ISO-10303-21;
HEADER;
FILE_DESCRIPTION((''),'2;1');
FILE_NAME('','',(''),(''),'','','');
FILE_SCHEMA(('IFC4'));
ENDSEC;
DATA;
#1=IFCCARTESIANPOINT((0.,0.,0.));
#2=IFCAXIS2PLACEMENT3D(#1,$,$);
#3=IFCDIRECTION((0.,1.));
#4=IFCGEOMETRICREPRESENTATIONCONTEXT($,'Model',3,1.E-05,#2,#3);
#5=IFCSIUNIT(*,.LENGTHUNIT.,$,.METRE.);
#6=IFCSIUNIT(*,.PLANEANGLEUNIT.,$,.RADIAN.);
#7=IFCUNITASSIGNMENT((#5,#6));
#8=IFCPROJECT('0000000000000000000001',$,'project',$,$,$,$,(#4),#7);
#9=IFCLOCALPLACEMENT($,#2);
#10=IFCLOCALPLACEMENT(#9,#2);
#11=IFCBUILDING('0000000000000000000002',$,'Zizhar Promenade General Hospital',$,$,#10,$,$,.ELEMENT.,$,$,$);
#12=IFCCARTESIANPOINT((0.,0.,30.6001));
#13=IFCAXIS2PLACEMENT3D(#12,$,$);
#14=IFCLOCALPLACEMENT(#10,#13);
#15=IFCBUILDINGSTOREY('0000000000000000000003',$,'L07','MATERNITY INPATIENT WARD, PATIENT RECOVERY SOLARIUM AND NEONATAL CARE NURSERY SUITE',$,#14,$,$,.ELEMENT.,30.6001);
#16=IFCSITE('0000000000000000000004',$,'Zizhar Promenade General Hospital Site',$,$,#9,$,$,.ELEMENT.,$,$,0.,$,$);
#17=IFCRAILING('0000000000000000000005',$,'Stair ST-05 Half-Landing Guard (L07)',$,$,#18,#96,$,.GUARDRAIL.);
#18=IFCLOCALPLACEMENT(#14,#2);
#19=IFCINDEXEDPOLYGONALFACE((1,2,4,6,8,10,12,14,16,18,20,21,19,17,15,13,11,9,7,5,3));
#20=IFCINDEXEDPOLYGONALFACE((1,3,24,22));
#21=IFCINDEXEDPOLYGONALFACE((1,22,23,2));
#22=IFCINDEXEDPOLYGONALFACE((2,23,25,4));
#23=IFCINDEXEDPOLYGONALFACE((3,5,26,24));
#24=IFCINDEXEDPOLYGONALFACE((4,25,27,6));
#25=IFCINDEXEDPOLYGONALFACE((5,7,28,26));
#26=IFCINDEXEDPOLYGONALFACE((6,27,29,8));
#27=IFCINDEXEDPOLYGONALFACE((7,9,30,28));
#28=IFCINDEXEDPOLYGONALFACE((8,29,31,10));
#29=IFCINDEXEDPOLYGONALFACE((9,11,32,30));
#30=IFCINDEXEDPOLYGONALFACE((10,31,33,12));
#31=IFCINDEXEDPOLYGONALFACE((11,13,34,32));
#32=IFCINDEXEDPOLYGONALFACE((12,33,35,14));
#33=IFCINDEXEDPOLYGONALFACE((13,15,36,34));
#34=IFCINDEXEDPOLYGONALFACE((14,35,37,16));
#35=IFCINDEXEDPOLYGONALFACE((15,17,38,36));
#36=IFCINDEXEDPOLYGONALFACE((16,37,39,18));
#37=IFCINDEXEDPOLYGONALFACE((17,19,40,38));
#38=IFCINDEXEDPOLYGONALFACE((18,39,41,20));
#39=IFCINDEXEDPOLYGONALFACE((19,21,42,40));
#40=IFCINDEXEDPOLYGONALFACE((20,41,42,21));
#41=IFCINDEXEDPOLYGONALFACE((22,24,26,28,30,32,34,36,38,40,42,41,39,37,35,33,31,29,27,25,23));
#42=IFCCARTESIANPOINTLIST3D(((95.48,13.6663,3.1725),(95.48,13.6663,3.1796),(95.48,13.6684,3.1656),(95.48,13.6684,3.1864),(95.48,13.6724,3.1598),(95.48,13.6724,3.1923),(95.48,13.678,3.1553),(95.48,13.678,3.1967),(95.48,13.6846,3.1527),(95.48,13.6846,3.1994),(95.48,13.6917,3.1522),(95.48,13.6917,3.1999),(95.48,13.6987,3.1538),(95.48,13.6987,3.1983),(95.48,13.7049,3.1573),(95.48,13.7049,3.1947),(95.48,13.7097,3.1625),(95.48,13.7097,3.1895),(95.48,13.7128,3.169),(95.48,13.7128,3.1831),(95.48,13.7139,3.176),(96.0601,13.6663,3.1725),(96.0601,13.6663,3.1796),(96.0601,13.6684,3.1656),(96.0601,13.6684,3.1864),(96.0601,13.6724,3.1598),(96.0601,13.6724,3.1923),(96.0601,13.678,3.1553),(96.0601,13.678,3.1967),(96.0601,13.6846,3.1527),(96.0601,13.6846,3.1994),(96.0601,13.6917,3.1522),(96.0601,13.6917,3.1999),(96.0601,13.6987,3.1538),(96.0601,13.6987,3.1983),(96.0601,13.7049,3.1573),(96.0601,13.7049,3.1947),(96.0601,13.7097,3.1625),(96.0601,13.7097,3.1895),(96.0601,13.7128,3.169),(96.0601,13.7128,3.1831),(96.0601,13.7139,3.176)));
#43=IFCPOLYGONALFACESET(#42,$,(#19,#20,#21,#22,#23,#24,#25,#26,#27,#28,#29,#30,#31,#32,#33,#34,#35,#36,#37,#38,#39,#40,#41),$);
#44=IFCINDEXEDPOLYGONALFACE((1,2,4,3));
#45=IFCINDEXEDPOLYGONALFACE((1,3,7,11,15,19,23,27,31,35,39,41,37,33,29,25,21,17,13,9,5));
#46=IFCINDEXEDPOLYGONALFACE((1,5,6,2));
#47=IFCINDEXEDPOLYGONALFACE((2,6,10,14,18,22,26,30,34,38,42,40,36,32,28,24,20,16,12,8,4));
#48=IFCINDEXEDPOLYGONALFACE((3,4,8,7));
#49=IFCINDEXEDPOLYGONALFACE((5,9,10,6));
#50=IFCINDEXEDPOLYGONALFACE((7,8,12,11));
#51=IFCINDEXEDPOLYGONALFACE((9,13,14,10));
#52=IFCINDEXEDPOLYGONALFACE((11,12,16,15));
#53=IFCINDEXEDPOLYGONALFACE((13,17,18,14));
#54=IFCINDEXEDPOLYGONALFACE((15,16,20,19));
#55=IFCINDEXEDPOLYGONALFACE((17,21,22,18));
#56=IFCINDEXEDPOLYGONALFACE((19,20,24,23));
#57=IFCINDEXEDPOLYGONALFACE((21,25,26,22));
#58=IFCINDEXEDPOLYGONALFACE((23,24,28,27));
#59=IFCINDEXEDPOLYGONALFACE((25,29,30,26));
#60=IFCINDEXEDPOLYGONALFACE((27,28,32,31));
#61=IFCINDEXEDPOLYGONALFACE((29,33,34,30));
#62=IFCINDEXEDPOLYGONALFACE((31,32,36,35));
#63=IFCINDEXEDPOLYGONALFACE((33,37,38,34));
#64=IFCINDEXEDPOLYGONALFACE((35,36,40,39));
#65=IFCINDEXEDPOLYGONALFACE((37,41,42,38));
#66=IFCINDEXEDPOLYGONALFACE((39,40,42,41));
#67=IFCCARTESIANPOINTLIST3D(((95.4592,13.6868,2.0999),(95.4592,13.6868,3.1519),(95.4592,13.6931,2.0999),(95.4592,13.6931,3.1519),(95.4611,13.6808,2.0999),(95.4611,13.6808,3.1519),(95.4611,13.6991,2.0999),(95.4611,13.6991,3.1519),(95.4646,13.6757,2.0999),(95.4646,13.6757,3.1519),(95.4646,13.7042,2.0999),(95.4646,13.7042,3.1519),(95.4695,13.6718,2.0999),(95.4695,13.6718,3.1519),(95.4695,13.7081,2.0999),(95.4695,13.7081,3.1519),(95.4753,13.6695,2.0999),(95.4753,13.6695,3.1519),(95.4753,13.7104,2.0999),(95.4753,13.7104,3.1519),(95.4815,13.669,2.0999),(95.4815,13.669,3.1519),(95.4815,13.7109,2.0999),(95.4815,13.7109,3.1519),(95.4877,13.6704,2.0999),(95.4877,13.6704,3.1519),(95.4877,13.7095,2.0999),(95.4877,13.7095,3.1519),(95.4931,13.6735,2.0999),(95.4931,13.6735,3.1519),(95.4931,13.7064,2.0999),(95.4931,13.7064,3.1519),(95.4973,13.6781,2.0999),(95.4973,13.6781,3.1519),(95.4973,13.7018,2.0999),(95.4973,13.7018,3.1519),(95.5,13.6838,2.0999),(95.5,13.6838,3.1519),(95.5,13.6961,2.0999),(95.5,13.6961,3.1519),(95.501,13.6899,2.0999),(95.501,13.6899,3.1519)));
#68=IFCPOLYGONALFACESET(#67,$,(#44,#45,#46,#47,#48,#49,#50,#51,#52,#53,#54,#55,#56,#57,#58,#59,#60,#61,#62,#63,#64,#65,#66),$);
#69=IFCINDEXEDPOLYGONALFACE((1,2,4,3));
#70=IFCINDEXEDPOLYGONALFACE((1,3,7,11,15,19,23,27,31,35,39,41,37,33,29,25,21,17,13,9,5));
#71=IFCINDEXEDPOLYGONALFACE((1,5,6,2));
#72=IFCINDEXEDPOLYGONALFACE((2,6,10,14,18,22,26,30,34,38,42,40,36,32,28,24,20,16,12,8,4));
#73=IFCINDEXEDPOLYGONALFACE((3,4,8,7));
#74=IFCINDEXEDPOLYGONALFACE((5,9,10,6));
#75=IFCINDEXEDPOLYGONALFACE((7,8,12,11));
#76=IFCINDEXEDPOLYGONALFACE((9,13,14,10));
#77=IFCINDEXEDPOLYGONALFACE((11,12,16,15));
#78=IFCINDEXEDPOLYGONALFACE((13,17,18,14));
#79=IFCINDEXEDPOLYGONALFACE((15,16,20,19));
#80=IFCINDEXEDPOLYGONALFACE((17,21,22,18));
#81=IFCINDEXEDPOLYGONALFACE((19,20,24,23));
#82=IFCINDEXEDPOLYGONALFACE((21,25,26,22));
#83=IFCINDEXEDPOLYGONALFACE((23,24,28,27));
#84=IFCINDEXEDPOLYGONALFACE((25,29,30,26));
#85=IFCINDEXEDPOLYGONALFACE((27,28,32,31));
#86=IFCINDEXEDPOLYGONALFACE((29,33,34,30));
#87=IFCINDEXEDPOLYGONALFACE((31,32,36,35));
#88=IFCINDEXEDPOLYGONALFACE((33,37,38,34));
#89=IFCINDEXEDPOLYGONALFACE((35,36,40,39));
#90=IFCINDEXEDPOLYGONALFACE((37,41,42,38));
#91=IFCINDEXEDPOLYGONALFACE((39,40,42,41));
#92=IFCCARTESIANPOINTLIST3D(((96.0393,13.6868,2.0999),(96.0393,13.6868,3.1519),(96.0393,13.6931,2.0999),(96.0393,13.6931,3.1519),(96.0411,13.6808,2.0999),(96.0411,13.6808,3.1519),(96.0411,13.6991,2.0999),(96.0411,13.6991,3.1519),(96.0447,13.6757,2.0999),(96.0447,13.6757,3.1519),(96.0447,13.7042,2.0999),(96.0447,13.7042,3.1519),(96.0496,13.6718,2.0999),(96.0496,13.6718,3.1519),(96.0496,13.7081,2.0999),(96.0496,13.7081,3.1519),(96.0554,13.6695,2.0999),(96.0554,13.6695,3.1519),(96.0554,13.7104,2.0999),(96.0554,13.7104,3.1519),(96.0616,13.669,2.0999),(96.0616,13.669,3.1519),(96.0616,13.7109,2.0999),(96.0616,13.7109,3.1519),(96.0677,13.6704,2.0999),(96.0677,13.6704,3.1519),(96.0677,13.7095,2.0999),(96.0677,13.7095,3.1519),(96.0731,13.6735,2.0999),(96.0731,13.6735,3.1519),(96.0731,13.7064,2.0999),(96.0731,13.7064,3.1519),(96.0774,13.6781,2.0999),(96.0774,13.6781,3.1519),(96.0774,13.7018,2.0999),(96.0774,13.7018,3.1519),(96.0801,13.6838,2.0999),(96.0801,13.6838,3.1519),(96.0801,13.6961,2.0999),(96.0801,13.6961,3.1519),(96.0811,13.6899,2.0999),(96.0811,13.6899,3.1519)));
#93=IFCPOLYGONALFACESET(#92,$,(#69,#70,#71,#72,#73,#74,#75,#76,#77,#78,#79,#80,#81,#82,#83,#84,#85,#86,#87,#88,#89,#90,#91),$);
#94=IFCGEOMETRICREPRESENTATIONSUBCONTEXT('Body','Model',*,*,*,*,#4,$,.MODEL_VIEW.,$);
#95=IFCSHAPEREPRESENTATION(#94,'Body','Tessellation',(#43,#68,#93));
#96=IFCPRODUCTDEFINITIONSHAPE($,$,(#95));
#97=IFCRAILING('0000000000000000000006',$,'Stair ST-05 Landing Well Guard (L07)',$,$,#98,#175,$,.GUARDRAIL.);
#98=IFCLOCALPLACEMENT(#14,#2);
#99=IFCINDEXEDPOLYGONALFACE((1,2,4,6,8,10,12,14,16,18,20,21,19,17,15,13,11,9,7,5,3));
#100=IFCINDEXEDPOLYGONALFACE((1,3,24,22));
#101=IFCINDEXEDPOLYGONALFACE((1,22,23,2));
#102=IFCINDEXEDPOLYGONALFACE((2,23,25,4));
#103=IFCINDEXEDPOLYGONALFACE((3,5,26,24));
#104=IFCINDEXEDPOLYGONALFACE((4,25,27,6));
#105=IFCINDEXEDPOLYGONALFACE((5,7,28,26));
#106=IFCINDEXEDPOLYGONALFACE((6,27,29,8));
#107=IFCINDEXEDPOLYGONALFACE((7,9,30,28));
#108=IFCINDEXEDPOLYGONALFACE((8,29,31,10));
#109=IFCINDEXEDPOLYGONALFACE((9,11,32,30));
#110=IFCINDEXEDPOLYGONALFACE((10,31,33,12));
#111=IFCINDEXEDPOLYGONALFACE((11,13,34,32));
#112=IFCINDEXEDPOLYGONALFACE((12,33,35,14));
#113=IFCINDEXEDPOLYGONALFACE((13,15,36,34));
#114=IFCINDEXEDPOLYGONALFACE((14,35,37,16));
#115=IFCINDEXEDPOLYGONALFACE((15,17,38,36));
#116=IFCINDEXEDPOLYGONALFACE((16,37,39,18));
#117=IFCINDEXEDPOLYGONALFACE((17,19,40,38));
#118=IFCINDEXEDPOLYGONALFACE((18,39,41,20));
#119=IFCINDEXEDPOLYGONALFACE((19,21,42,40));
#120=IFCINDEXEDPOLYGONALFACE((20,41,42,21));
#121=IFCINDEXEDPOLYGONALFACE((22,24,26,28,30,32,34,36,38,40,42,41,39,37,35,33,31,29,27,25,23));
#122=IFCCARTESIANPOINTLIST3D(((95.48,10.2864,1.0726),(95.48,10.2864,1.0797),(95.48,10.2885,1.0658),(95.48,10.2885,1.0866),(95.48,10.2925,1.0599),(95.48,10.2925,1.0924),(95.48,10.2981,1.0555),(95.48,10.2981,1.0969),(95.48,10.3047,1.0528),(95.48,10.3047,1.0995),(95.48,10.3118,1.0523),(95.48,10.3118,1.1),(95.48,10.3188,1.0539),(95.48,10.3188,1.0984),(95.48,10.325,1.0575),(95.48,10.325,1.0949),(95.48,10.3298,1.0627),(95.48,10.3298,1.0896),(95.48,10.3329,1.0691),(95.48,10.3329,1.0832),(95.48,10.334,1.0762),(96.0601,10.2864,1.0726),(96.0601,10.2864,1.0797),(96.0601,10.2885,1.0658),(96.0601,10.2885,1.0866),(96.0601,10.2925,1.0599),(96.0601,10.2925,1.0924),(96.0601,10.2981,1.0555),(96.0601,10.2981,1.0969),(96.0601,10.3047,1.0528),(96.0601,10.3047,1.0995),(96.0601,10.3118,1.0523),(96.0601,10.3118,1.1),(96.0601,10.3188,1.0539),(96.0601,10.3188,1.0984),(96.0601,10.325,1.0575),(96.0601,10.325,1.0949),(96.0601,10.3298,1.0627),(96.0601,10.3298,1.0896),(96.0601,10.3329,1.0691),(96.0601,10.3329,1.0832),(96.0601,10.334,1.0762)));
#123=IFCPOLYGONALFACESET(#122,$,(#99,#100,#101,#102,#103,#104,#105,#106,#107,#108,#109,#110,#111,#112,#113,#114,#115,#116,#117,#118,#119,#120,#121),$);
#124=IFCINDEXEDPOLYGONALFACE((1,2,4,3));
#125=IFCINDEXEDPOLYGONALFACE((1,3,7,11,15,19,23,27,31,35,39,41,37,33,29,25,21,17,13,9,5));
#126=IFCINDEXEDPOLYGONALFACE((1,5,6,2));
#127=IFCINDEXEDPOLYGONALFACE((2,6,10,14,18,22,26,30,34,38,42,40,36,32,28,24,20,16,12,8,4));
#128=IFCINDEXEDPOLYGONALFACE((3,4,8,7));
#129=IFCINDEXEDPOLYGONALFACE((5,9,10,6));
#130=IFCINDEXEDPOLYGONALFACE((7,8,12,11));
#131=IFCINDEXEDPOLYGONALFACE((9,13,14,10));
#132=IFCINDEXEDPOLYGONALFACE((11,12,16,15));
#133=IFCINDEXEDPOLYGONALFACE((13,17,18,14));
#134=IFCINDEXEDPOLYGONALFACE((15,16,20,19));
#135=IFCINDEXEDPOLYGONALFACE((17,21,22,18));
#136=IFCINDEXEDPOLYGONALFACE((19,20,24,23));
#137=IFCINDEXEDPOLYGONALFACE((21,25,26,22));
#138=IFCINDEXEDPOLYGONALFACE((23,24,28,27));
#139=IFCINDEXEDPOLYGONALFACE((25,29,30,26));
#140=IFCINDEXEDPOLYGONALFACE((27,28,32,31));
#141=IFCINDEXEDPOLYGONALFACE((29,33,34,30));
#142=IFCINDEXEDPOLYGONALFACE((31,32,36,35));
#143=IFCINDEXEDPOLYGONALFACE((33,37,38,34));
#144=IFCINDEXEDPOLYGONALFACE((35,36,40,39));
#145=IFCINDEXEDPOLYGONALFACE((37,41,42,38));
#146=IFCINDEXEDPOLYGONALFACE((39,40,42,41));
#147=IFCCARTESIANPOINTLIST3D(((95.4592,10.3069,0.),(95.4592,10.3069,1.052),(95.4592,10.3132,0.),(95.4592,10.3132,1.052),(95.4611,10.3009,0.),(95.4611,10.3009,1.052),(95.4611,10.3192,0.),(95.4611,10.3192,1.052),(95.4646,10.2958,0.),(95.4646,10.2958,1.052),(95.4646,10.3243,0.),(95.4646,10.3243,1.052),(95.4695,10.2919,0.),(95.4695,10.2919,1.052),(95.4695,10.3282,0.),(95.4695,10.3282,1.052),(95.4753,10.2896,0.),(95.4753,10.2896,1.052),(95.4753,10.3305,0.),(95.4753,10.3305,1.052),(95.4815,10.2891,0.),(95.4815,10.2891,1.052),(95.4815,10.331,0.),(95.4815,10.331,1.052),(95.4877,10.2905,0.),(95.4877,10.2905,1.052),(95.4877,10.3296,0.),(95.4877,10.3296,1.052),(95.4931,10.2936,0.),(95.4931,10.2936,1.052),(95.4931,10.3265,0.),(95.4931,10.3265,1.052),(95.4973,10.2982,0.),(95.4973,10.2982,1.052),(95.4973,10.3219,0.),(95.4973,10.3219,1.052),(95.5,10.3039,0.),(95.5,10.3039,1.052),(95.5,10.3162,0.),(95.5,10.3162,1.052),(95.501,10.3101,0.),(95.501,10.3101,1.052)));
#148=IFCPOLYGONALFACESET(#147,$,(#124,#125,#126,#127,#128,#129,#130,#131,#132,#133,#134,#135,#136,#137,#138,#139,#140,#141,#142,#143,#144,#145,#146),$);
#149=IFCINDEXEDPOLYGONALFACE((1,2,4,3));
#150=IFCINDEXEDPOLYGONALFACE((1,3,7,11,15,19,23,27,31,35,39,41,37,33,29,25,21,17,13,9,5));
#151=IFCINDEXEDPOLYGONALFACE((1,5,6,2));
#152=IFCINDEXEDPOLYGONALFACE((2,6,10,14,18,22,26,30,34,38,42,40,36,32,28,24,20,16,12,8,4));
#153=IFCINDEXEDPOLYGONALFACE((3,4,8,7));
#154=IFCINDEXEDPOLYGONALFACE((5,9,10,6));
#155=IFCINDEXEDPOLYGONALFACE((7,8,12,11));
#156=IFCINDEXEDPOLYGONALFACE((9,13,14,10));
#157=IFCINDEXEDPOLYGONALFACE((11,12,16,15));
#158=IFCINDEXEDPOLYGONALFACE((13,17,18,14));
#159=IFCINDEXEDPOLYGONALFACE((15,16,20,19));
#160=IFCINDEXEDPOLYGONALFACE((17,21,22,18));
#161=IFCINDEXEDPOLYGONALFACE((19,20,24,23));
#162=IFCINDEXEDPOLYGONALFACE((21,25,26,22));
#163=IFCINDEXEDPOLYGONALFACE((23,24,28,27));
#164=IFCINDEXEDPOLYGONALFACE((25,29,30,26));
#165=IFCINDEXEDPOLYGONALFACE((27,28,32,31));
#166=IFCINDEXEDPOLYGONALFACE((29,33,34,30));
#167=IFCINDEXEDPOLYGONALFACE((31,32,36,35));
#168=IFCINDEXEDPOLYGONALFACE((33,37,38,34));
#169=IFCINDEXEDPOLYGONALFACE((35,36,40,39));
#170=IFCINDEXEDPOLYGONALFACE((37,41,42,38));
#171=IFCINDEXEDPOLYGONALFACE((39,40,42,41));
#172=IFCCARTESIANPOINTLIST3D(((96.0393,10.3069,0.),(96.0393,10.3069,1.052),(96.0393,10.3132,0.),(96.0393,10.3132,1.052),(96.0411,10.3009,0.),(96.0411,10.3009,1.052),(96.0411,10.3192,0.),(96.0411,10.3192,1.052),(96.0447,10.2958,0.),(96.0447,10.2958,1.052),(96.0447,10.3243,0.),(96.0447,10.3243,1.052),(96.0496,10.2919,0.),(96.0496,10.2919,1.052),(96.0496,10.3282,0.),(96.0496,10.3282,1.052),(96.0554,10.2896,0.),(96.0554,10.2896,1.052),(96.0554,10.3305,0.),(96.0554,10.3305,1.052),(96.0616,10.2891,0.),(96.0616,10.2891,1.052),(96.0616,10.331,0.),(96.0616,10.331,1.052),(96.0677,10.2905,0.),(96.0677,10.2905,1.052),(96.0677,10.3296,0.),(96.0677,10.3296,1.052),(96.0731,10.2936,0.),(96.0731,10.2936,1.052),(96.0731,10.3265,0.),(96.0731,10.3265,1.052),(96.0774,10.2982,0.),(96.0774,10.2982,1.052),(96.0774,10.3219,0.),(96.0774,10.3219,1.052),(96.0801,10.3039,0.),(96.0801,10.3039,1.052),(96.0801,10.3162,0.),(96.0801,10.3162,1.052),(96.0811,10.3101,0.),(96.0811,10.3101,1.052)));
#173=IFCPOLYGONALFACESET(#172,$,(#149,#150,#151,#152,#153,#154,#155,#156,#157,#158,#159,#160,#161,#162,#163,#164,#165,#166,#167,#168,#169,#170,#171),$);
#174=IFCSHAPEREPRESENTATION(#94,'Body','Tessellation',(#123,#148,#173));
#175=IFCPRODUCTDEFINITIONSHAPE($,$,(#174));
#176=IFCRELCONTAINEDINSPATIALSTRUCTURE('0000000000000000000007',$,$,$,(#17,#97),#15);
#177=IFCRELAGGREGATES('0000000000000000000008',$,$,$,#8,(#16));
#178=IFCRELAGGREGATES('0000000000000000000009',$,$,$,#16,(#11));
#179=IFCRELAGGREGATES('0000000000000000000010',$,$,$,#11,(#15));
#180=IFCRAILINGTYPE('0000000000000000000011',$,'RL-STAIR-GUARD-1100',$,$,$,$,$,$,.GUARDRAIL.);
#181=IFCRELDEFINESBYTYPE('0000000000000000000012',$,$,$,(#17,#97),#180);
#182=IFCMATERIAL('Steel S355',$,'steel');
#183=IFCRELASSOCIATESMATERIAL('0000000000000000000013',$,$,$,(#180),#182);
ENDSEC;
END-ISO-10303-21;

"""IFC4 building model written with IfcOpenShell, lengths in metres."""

from ifc_helpers import new_model, si_unit, direction, frame, origin, origin_2d, place, context, subcontext, project, spatial, circle, hollow_circle, extrude, material, material_profile, profile_set, type_object, element, save


model = new_model("IFC4")

# Units and contexts
model_context = context("Model", 3, precision=1e-05, world=origin(), true_north=direction((0.0, 1.0)))
body_context = subcontext(model_context, "Body", "Model", "MODEL_VIEW")
ifc_project = project(units=[si_unit("LENGTHUNIT", "METRE"), si_unit("PLANEANGLEUNIT", "RADIAN")], contexts=[model_context])

# Site, building, storey
site_placement = place(None, origin())
site = spatial("IfcSite", under=ifc_project, at=site_placement, Name="Zizhar Promenade General Hospital Site", CompositionType="ELEMENT", RefElevation=0.0)
building_placement = place(site_placement, origin())
building = spatial("IfcBuilding", under=site, at=building_placement, Name="Zizhar Promenade General Hospital", CompositionType="ELEMENT")
storey_placement = place(building_placement, frame((0.0, 0.0, 30.6001)))
storey = spatial("IfcBuildingStorey", under=building, at=storey_placement, Name="L07", Description="MATERNITY INPATIENT WARD, PATIENT RECOVERY SOLARIUM AND NEONATAL CARE NURSERY SUITE", CompositionType="ELEMENT", Elevation=30.6001)

# Railings
ifc_material_1 = material(Name="Steel S355", Category="steel")
ifc_material_profile_1 = material_profile(ifc_material_1, hollow_circle(Radius=0.0698, WallThickness=0.0063, at=origin_2d()))
ifc_profile_set_1 = profile_set([ifc_material_profile_1], Name="Steel S355")
railing_type_1 = type_object("IfcRailingType", Name="RL-STAIR-GUARD-1100", PredefinedType="GUARDRAIL", material=ifc_profile_set_1)
for number, where, name in (
    (1, (95.48, 13.6899, 2.0999), "Stair ST-05 Half-Landing Guard (L07)"),
    (2, (95.48, 10.3101, 0.0), "Stair ST-05 Landing Well Guard (L07)"),
):
    element("IfcRailing", number, at=place(storey_placement, frame(where)), inside=storey, type_object=railing_type_1, Name=name, PredefinedType="GUARDRAIL", context=body_context, shape_type="SweptSolid", body=[
        extrude(circle(Radius=0.0239, at=origin_2d()), frame((0.0, 0.0, 1.0762), z_axis=(1.0, 0.0, 0.0), x_axis=(0.0, 1.0, 0.0)), (0.0, 0.0, 1.0), 0.5801),
        extrude(circle(Radius=0.021, at=origin_2d()), origin(), (0.0, 0.0, 1.0), 1.052),
        extrude(circle(Radius=0.021, at=origin_2d()), frame((0.5801, 0.0, 0.0)), (0.0, 0.0, 1.0), 1.052),
    ])

save(model, "model.ifc")
